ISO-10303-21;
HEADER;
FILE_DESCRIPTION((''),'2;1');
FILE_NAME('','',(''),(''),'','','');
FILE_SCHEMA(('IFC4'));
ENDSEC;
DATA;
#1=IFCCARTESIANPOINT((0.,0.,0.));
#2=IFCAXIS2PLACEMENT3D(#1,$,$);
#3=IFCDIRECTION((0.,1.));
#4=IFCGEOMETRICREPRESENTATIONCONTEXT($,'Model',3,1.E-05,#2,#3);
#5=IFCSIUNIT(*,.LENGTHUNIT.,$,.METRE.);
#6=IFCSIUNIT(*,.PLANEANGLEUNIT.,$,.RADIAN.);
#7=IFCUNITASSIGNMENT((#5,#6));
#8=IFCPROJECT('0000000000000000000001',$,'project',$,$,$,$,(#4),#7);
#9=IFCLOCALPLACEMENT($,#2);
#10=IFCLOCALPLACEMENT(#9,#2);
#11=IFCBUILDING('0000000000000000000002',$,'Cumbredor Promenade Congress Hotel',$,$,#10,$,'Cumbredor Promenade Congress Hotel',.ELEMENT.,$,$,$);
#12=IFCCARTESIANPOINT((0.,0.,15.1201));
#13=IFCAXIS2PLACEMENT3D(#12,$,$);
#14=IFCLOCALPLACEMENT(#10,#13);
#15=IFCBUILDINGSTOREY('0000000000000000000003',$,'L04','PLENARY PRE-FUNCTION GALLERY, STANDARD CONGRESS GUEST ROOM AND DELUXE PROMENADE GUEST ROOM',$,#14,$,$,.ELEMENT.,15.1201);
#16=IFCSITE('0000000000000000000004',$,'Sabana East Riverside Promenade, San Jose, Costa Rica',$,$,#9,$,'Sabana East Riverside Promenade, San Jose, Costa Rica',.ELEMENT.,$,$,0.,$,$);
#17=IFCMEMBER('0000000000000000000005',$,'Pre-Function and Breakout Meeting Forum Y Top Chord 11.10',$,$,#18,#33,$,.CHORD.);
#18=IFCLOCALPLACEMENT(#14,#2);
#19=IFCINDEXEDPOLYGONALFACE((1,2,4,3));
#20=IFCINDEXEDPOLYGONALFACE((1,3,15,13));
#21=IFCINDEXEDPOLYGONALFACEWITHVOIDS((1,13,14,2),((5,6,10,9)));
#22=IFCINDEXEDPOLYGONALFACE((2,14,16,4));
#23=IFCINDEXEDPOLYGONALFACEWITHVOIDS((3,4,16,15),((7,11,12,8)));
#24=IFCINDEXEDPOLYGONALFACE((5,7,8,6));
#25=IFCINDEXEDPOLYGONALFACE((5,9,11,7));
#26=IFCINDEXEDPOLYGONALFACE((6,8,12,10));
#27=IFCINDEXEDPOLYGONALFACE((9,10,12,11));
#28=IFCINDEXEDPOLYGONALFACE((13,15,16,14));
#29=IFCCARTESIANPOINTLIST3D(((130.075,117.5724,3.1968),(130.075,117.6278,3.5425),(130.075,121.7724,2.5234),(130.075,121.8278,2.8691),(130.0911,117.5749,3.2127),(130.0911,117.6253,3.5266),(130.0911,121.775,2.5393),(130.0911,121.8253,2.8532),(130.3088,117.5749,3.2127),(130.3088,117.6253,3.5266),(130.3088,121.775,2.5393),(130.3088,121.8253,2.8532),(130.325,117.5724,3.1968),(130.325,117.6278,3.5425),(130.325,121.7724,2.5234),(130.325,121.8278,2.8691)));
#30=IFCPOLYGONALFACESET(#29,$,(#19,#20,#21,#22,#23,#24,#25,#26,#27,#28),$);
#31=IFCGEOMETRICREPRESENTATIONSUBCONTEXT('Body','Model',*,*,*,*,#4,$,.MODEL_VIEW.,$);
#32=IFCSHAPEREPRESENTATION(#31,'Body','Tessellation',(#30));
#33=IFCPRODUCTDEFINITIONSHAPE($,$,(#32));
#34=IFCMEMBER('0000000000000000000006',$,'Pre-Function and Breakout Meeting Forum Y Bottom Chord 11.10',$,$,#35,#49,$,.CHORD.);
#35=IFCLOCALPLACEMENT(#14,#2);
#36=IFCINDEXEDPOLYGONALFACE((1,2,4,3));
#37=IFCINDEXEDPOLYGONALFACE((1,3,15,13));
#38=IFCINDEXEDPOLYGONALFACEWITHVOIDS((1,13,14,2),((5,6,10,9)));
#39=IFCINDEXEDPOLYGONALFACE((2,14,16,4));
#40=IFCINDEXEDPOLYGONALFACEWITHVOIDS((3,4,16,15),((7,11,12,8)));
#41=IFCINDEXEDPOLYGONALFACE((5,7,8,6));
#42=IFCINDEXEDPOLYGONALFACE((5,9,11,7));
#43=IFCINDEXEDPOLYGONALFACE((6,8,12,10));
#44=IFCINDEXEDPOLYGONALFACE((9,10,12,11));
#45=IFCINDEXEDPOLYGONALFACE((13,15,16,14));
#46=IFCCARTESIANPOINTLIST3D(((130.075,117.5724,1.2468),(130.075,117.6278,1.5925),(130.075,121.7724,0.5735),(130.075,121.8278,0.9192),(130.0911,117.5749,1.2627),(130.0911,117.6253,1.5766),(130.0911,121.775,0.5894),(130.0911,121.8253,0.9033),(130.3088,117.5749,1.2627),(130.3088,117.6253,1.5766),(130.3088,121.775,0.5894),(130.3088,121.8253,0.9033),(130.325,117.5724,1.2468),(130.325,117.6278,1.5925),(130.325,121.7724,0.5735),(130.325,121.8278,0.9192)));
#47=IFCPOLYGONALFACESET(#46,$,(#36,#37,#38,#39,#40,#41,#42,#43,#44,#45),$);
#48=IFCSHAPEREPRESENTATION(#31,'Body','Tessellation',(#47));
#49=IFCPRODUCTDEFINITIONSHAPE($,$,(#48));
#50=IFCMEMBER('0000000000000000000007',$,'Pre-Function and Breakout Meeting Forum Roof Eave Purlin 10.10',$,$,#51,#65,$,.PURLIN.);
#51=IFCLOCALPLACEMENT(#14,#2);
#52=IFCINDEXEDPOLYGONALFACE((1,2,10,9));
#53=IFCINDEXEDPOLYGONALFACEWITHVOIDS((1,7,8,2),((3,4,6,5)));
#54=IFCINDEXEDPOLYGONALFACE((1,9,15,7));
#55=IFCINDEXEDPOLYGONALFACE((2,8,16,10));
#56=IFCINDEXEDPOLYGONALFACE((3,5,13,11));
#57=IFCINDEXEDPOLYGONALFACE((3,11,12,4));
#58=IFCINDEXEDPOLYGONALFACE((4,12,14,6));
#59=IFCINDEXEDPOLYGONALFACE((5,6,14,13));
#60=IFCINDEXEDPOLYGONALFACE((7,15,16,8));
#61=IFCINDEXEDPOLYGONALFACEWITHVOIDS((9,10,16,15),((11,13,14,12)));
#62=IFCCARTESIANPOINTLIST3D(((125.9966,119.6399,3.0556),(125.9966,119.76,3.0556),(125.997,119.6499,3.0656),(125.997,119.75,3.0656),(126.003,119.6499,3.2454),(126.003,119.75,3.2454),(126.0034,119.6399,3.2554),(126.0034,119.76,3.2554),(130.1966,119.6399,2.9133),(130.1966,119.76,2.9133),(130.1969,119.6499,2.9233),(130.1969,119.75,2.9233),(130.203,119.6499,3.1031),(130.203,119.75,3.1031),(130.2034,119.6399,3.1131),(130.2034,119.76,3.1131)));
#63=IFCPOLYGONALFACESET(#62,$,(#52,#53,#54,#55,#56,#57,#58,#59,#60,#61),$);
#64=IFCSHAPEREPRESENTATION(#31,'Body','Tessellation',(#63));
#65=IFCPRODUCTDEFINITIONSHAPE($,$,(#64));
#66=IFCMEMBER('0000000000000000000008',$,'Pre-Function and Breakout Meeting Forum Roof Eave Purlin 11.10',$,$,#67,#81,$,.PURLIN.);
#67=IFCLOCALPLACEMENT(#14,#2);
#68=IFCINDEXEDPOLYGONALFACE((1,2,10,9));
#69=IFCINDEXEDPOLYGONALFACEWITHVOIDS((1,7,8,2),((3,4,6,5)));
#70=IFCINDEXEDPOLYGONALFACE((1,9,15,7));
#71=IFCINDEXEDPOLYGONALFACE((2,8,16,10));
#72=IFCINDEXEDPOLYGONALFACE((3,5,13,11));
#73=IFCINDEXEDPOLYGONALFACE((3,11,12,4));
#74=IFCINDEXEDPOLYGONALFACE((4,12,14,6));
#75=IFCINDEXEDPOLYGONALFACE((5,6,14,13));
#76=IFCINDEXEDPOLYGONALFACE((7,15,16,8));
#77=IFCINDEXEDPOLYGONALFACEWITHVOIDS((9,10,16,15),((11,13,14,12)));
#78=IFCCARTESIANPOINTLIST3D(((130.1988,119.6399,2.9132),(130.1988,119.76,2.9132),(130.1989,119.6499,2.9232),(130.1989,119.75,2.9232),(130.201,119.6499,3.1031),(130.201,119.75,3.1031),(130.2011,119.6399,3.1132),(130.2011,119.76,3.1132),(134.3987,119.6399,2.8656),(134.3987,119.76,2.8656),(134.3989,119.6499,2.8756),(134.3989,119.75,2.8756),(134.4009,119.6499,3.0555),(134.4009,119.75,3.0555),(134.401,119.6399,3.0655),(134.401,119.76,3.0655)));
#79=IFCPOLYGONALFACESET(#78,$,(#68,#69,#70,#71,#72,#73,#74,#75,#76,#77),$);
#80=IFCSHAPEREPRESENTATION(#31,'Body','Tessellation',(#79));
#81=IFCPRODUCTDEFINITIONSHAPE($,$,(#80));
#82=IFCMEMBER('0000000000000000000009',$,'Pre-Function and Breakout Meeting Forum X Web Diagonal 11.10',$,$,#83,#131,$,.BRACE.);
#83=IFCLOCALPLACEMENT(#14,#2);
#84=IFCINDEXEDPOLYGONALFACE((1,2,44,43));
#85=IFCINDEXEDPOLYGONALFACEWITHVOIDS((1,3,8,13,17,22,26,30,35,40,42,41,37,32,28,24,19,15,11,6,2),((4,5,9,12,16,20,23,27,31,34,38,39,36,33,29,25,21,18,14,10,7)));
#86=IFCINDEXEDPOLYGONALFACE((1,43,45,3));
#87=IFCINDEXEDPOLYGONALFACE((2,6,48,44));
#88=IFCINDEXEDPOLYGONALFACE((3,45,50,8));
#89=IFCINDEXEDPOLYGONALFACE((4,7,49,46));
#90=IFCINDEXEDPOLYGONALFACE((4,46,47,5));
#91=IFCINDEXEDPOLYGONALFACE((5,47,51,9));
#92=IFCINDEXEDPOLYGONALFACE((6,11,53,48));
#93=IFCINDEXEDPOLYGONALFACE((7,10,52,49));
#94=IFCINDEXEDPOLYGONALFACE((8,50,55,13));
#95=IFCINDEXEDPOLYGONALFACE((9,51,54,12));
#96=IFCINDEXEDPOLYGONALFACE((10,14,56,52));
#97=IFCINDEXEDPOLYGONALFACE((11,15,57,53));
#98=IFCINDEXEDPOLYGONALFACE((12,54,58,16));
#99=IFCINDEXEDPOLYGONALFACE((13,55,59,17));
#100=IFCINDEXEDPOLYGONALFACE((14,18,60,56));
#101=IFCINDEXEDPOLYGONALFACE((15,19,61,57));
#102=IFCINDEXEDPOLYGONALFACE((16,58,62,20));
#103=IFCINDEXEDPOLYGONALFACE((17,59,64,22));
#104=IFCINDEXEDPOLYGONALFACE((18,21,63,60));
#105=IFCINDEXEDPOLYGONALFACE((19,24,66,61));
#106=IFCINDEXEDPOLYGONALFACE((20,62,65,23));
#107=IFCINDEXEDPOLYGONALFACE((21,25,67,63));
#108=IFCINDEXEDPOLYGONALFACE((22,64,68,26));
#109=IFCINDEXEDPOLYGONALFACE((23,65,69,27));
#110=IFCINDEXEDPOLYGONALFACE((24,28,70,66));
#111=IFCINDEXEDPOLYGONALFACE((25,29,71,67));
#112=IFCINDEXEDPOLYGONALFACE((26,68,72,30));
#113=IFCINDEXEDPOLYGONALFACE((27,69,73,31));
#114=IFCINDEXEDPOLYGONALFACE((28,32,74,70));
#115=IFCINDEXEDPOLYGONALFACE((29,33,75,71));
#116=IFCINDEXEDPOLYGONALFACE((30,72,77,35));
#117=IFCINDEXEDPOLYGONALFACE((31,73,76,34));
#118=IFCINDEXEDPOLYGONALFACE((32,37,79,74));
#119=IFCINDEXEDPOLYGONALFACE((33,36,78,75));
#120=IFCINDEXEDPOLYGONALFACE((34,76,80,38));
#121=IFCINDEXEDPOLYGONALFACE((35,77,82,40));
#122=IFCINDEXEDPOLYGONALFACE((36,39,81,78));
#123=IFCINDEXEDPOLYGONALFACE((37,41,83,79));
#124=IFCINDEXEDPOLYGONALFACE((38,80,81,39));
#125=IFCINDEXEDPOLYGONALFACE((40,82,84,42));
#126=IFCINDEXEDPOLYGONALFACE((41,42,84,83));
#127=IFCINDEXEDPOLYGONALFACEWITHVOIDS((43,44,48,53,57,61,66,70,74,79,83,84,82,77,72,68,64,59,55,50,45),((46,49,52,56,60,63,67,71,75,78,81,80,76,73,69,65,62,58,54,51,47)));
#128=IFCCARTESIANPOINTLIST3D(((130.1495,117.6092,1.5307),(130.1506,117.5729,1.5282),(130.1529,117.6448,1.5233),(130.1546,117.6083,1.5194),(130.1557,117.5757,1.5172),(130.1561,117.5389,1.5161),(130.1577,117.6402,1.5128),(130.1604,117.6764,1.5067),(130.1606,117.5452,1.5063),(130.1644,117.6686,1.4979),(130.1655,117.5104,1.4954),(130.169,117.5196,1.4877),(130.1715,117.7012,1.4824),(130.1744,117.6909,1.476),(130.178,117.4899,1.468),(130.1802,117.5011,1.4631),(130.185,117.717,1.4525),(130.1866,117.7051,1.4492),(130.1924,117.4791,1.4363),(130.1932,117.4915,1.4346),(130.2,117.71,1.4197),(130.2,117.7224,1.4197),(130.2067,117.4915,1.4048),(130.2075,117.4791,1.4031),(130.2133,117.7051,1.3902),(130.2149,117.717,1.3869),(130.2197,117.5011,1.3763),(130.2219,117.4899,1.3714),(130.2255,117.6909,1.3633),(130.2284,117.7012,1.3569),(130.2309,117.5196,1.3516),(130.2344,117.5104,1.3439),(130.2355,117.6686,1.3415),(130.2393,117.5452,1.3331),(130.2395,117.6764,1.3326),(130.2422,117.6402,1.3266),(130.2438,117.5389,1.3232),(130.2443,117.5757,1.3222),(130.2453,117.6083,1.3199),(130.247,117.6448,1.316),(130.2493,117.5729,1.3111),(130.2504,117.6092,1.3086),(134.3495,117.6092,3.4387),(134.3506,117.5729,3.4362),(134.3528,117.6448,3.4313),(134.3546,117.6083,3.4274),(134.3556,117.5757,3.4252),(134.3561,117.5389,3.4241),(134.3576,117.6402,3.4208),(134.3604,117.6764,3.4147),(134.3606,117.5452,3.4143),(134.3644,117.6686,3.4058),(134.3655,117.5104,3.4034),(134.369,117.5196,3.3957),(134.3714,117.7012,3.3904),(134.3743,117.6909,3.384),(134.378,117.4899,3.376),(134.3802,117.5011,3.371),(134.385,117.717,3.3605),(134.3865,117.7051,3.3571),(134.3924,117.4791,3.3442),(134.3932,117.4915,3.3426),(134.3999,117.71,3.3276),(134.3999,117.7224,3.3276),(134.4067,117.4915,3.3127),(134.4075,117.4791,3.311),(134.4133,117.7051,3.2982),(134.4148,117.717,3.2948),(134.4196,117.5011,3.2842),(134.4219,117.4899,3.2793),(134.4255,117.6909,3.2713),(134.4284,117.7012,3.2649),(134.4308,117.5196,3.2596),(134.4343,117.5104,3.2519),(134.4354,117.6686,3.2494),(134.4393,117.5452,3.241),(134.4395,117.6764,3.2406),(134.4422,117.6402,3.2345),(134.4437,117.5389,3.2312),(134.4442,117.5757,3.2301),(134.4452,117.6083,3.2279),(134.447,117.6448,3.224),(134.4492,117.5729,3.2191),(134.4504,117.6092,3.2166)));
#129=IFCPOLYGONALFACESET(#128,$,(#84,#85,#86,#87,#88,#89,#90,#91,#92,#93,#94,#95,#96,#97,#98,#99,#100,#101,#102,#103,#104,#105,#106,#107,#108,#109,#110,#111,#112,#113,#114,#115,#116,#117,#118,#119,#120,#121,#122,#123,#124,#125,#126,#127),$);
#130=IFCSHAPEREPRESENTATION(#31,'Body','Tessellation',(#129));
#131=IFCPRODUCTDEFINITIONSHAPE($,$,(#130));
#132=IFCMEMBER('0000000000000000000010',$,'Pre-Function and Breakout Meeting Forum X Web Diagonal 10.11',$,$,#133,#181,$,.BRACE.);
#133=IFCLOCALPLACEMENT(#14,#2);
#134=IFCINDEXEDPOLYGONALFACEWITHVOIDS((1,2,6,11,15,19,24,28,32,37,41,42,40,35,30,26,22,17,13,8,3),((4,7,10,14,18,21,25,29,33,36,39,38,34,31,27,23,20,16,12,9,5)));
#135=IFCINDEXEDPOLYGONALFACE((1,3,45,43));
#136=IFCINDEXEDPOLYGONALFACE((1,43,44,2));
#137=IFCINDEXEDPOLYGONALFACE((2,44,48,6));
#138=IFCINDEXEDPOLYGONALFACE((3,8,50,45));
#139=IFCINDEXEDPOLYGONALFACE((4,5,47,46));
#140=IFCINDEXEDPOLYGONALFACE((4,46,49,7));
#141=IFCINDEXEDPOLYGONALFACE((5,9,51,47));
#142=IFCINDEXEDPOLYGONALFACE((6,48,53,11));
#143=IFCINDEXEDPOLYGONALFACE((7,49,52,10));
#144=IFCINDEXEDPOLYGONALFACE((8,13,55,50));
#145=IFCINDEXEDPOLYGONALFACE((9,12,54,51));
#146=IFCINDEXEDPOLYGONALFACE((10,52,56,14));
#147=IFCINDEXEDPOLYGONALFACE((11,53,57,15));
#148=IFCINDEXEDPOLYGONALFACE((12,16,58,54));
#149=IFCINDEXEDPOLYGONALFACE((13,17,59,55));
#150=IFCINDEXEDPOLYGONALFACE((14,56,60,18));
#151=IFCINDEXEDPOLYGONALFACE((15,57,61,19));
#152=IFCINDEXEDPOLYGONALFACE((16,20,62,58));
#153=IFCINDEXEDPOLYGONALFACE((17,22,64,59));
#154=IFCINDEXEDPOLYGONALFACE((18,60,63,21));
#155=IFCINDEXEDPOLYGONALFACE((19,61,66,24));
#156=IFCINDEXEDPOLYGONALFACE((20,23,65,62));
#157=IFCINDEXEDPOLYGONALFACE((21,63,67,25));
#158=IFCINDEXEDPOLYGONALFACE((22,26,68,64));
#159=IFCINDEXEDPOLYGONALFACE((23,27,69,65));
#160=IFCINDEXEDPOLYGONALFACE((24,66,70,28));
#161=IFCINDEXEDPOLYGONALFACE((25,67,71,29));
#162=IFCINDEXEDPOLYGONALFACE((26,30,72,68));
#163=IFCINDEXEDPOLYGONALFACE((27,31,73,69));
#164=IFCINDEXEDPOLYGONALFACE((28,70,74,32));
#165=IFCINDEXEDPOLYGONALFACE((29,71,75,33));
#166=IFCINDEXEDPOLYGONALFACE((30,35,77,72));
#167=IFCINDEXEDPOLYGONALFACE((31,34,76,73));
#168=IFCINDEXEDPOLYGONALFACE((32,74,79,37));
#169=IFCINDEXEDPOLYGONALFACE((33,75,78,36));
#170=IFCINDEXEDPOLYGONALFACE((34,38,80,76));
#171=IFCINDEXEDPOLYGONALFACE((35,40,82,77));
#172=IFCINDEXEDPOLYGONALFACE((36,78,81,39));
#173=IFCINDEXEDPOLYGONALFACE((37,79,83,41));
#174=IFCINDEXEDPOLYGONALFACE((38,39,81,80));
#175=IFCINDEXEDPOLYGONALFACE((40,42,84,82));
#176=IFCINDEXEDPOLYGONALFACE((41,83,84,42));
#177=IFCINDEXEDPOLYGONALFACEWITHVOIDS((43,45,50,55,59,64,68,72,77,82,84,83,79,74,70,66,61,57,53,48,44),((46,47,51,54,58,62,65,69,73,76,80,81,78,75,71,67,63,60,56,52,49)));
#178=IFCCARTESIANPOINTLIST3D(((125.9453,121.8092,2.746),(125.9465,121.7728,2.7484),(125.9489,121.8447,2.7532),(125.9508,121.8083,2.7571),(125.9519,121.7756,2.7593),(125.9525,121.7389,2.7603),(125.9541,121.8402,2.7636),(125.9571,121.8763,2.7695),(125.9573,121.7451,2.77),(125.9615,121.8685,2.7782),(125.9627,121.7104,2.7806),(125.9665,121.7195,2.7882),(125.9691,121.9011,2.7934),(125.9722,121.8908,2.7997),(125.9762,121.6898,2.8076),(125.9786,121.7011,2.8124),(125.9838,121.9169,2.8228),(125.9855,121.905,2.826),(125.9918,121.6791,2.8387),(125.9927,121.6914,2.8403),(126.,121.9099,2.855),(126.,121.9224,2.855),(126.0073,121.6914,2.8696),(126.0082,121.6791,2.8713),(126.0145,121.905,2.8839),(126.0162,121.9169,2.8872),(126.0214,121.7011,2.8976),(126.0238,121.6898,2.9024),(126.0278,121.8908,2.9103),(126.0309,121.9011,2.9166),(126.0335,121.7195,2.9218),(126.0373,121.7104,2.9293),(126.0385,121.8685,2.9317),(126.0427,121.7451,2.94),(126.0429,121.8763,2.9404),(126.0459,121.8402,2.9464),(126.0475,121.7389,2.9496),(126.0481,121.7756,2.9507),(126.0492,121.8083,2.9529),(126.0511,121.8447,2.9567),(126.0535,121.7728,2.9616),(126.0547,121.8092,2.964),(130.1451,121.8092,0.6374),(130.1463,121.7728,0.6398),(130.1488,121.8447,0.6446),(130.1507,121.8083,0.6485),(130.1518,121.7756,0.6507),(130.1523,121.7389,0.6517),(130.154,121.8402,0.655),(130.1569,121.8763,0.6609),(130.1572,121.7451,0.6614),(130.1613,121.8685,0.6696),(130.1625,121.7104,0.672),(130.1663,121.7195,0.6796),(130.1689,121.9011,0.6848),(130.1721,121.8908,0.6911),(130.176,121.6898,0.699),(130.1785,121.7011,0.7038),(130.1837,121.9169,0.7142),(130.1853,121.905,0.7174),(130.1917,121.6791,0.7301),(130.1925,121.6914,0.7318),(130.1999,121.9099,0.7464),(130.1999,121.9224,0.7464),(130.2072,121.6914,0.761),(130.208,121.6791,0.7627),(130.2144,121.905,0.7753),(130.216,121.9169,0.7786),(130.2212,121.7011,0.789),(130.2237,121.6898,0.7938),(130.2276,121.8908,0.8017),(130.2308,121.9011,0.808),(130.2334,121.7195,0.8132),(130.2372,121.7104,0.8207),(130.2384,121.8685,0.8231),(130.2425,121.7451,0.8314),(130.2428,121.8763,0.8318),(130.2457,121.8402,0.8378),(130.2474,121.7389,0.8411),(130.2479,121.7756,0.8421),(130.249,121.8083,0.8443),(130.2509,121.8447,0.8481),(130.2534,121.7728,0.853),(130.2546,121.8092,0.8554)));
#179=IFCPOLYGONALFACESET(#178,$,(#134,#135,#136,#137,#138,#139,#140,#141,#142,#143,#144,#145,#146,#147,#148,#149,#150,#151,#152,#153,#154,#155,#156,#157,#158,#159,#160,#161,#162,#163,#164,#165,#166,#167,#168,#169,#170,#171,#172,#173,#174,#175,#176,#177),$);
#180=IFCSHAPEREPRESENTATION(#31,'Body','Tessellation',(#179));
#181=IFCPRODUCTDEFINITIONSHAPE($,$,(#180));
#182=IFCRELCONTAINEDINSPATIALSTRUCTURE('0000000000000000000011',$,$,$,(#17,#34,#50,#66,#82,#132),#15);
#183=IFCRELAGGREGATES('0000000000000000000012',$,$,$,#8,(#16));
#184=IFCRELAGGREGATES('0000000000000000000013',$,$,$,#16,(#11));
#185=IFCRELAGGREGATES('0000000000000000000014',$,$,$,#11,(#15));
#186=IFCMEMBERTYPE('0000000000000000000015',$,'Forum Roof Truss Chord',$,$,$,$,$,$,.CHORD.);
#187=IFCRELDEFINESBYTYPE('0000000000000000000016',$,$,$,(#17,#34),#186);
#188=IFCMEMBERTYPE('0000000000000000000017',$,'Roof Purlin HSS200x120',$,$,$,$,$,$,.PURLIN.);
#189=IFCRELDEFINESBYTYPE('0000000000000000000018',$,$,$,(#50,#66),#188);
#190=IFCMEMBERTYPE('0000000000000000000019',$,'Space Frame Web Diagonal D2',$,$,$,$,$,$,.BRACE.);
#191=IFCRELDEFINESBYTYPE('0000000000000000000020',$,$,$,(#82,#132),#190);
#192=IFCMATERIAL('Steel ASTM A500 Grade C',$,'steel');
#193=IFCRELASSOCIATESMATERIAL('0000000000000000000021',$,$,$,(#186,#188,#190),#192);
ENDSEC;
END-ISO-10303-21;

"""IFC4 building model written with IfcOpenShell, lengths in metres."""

from ifc_helpers import new_model, si_unit, direction, frame, origin, origin_2d, place, context, subcontext, project, spatial, hollow_rectangle, hollow_circle, extrude, material, material_profile, profile_set, type_object, element, save


model = new_model("IFC4")

# Units and contexts
model_context = context("Model", 3, precision=1e-05, world=origin(), true_north=direction((0.0, 1.0)))
body_context = subcontext(model_context, "Body", "Model", "MODEL_VIEW")
ifc_project = project(units=[si_unit("LENGTHUNIT", "METRE"), si_unit("PLANEANGLEUNIT", "RADIAN")], contexts=[model_context])

# Site, building, storey
site_placement = place(None, origin())
site = spatial("IfcSite", under=ifc_project, at=site_placement, Name="Sabana East Riverside Promenade, San Jose, Costa Rica", LongName="Sabana East Riverside Promenade, San Jose, Costa Rica", CompositionType="ELEMENT", RefElevation=0.0)
building_placement = place(site_placement, origin())
building = spatial("IfcBuilding", under=site, at=building_placement, Name="Cumbredor Promenade Congress Hotel", LongName="Cumbredor Promenade Congress Hotel", CompositionType="ELEMENT")
storey_placement = place(building_placement, frame((0.0, 0.0, 15.1201)))
storey = spatial("IfcBuildingStorey", under=building, at=storey_placement, Name="L04", Description="PLENARY PRE-FUNCTION GALLERY, STANDARD CONGRESS GUEST ROOM AND DELUXE PROMENADE GUEST ROOM", CompositionType="ELEMENT", Elevation=15.1201)

# Members
ifc_material_1 = material(Name="Steel ASTM A500 Grade C", Category="steel")
ifc_material_profile_1 = material_profile(ifc_material_1, hollow_rectangle(XDim=0.25, YDim=0.3501, WallThickness=0.0161, at=origin_2d()), Name="HSS 350x250x16")
ifc_profile_set_1 = profile_set([ifc_material_profile_1], Name="Steel ASTM A500 Grade C")
member_type_1 = type_object("IfcMemberType", Name="Forum Roof Truss Chord", PredefinedType="CHORD", material=ifc_profile_set_1)
for number, where, z_axis, x_axis, name in (
    (1, (130.2, 117.6001, 3.3696), (0.0, 0.987391, -0.158299), (-1.0, 0.0, 0.0), "Pre-Function and Breakout Meeting Forum Y Top Chord 11.10"),
    (2, (130.2, 117.6001, 1.4197), (0.0, 0.987391, -0.158299), (-1.0, 0.0, 0.0), "Pre-Function and Breakout Meeting Forum Y Bottom Chord 11.10"),
):
    element("IfcMember", number, at=place(storey_placement, frame(where, z_axis=z_axis, x_axis=x_axis)), inside=storey, type_object=member_type_1, Name=name, PredefinedType="CHORD", context=body_context, shape_type="SweptSolid", body=[
        extrude(hollow_rectangle(XDim=0.25, YDim=0.3501, WallThickness=0.0161, at=origin_2d()), origin(), (0.0, 0.0, 1.0), 4.2537),
    ])
ifc_material_profile_2 = material_profile(ifc_material_1, hollow_rectangle(XDim=0.1201, YDim=0.2, WallThickness=0.01, at=origin_2d()), Name="HSS 200x120x10")
ifc_profile_set_2 = profile_set([ifc_material_profile_2], Name="Steel ASTM A500 Grade C")
member_type_2 = type_object("IfcMemberType", Name="Roof Purlin HSS200x120", PredefinedType="PURLIN", material=ifc_profile_set_2)
member_1_placement = place(storey_placement, frame((126.0, 119.7, 3.1555), z_axis=(0.999426, 0.0, -0.03387), x_axis=(0.0, 1.0, 0.0)))
element("IfcMember", 3, at=member_1_placement, inside=storey, type_object=member_type_2, Name="Pre-Function and Breakout Meeting Forum Roof Eave Purlin 10.10", PredefinedType="PURLIN", context=body_context, shape_type="SweptSolid", body=[
    extrude(hollow_rectangle(XDim=0.1201, YDim=0.2, WallThickness=0.01, at=origin_2d()), origin(), (0.0, 0.0, 1.0), 4.2024),
])
member_2_placement = place(storey_placement, frame((130.2, 119.7, 3.0132), z_axis=(0.999936, 0.0, -0.011335), x_axis=(0.0, 1.0, 0.0)))
element("IfcMember", 4, at=member_2_placement, inside=storey, type_object=member_type_2, Name="Pre-Function and Breakout Meeting Forum Roof Eave Purlin 11.10", PredefinedType="PURLIN", context=body_context, shape_type="SweptSolid", body=[
    extrude(hollow_rectangle(XDim=0.1201, YDim=0.2, WallThickness=0.01, at=origin_2d()), origin(), (0.0, 0.0, 1.0), 4.2002),
])
ifc_material_profile_3 = material_profile(ifc_material_1, hollow_circle(Radius=0.1223, WallThickness=0.0125, at=origin_2d()), Name="CHS 244.5x12.5")
ifc_profile_set_3 = profile_set([ifc_material_profile_3], Name="Steel ASTM A500 Grade C")
member_type_3 = type_object("IfcMemberType", Name="Space Frame Web Diagonal D2", PredefinedType="BRACE", material=ifc_profile_set_3)
member_3_placement = place(storey_placement, frame((130.2, 117.6001, 1.4197), z_axis=(0.910457, 0.0, 0.413604), x_axis=(0.0, 1.0, 0.0)))
element("IfcMember", 5, at=member_3_placement, inside=storey, type_object=member_type_3, Name="Pre-Function and Breakout Meeting Forum X Web Diagonal 11.10", PredefinedType="BRACE", context=body_context, shape_type="SweptSolid", body=[
    extrude(hollow_circle(Radius=0.1223, WallThickness=0.0125, at=origin_2d()), origin(), (0.0, 0.0, 1.0), 4.613),
])
member_4_placement = place(storey_placement, frame((126.0, 121.8, 2.855), z_axis=(0.893688, 0.0, -0.448688), x_axis=(0.0, 1.0, 0.0)))
element("IfcMember", 6, at=member_4_placement, inside=storey, type_object=member_type_3, Name="Pre-Function and Breakout Meeting Forum X Web Diagonal 10.11", PredefinedType="BRACE", context=body_context, shape_type="SweptSolid", body=[
    extrude(hollow_circle(Radius=0.1223, WallThickness=0.0125, at=origin_2d()), origin(), (0.0, 0.0, 1.0), 4.6995),
])

save(model, "model.ifc")
